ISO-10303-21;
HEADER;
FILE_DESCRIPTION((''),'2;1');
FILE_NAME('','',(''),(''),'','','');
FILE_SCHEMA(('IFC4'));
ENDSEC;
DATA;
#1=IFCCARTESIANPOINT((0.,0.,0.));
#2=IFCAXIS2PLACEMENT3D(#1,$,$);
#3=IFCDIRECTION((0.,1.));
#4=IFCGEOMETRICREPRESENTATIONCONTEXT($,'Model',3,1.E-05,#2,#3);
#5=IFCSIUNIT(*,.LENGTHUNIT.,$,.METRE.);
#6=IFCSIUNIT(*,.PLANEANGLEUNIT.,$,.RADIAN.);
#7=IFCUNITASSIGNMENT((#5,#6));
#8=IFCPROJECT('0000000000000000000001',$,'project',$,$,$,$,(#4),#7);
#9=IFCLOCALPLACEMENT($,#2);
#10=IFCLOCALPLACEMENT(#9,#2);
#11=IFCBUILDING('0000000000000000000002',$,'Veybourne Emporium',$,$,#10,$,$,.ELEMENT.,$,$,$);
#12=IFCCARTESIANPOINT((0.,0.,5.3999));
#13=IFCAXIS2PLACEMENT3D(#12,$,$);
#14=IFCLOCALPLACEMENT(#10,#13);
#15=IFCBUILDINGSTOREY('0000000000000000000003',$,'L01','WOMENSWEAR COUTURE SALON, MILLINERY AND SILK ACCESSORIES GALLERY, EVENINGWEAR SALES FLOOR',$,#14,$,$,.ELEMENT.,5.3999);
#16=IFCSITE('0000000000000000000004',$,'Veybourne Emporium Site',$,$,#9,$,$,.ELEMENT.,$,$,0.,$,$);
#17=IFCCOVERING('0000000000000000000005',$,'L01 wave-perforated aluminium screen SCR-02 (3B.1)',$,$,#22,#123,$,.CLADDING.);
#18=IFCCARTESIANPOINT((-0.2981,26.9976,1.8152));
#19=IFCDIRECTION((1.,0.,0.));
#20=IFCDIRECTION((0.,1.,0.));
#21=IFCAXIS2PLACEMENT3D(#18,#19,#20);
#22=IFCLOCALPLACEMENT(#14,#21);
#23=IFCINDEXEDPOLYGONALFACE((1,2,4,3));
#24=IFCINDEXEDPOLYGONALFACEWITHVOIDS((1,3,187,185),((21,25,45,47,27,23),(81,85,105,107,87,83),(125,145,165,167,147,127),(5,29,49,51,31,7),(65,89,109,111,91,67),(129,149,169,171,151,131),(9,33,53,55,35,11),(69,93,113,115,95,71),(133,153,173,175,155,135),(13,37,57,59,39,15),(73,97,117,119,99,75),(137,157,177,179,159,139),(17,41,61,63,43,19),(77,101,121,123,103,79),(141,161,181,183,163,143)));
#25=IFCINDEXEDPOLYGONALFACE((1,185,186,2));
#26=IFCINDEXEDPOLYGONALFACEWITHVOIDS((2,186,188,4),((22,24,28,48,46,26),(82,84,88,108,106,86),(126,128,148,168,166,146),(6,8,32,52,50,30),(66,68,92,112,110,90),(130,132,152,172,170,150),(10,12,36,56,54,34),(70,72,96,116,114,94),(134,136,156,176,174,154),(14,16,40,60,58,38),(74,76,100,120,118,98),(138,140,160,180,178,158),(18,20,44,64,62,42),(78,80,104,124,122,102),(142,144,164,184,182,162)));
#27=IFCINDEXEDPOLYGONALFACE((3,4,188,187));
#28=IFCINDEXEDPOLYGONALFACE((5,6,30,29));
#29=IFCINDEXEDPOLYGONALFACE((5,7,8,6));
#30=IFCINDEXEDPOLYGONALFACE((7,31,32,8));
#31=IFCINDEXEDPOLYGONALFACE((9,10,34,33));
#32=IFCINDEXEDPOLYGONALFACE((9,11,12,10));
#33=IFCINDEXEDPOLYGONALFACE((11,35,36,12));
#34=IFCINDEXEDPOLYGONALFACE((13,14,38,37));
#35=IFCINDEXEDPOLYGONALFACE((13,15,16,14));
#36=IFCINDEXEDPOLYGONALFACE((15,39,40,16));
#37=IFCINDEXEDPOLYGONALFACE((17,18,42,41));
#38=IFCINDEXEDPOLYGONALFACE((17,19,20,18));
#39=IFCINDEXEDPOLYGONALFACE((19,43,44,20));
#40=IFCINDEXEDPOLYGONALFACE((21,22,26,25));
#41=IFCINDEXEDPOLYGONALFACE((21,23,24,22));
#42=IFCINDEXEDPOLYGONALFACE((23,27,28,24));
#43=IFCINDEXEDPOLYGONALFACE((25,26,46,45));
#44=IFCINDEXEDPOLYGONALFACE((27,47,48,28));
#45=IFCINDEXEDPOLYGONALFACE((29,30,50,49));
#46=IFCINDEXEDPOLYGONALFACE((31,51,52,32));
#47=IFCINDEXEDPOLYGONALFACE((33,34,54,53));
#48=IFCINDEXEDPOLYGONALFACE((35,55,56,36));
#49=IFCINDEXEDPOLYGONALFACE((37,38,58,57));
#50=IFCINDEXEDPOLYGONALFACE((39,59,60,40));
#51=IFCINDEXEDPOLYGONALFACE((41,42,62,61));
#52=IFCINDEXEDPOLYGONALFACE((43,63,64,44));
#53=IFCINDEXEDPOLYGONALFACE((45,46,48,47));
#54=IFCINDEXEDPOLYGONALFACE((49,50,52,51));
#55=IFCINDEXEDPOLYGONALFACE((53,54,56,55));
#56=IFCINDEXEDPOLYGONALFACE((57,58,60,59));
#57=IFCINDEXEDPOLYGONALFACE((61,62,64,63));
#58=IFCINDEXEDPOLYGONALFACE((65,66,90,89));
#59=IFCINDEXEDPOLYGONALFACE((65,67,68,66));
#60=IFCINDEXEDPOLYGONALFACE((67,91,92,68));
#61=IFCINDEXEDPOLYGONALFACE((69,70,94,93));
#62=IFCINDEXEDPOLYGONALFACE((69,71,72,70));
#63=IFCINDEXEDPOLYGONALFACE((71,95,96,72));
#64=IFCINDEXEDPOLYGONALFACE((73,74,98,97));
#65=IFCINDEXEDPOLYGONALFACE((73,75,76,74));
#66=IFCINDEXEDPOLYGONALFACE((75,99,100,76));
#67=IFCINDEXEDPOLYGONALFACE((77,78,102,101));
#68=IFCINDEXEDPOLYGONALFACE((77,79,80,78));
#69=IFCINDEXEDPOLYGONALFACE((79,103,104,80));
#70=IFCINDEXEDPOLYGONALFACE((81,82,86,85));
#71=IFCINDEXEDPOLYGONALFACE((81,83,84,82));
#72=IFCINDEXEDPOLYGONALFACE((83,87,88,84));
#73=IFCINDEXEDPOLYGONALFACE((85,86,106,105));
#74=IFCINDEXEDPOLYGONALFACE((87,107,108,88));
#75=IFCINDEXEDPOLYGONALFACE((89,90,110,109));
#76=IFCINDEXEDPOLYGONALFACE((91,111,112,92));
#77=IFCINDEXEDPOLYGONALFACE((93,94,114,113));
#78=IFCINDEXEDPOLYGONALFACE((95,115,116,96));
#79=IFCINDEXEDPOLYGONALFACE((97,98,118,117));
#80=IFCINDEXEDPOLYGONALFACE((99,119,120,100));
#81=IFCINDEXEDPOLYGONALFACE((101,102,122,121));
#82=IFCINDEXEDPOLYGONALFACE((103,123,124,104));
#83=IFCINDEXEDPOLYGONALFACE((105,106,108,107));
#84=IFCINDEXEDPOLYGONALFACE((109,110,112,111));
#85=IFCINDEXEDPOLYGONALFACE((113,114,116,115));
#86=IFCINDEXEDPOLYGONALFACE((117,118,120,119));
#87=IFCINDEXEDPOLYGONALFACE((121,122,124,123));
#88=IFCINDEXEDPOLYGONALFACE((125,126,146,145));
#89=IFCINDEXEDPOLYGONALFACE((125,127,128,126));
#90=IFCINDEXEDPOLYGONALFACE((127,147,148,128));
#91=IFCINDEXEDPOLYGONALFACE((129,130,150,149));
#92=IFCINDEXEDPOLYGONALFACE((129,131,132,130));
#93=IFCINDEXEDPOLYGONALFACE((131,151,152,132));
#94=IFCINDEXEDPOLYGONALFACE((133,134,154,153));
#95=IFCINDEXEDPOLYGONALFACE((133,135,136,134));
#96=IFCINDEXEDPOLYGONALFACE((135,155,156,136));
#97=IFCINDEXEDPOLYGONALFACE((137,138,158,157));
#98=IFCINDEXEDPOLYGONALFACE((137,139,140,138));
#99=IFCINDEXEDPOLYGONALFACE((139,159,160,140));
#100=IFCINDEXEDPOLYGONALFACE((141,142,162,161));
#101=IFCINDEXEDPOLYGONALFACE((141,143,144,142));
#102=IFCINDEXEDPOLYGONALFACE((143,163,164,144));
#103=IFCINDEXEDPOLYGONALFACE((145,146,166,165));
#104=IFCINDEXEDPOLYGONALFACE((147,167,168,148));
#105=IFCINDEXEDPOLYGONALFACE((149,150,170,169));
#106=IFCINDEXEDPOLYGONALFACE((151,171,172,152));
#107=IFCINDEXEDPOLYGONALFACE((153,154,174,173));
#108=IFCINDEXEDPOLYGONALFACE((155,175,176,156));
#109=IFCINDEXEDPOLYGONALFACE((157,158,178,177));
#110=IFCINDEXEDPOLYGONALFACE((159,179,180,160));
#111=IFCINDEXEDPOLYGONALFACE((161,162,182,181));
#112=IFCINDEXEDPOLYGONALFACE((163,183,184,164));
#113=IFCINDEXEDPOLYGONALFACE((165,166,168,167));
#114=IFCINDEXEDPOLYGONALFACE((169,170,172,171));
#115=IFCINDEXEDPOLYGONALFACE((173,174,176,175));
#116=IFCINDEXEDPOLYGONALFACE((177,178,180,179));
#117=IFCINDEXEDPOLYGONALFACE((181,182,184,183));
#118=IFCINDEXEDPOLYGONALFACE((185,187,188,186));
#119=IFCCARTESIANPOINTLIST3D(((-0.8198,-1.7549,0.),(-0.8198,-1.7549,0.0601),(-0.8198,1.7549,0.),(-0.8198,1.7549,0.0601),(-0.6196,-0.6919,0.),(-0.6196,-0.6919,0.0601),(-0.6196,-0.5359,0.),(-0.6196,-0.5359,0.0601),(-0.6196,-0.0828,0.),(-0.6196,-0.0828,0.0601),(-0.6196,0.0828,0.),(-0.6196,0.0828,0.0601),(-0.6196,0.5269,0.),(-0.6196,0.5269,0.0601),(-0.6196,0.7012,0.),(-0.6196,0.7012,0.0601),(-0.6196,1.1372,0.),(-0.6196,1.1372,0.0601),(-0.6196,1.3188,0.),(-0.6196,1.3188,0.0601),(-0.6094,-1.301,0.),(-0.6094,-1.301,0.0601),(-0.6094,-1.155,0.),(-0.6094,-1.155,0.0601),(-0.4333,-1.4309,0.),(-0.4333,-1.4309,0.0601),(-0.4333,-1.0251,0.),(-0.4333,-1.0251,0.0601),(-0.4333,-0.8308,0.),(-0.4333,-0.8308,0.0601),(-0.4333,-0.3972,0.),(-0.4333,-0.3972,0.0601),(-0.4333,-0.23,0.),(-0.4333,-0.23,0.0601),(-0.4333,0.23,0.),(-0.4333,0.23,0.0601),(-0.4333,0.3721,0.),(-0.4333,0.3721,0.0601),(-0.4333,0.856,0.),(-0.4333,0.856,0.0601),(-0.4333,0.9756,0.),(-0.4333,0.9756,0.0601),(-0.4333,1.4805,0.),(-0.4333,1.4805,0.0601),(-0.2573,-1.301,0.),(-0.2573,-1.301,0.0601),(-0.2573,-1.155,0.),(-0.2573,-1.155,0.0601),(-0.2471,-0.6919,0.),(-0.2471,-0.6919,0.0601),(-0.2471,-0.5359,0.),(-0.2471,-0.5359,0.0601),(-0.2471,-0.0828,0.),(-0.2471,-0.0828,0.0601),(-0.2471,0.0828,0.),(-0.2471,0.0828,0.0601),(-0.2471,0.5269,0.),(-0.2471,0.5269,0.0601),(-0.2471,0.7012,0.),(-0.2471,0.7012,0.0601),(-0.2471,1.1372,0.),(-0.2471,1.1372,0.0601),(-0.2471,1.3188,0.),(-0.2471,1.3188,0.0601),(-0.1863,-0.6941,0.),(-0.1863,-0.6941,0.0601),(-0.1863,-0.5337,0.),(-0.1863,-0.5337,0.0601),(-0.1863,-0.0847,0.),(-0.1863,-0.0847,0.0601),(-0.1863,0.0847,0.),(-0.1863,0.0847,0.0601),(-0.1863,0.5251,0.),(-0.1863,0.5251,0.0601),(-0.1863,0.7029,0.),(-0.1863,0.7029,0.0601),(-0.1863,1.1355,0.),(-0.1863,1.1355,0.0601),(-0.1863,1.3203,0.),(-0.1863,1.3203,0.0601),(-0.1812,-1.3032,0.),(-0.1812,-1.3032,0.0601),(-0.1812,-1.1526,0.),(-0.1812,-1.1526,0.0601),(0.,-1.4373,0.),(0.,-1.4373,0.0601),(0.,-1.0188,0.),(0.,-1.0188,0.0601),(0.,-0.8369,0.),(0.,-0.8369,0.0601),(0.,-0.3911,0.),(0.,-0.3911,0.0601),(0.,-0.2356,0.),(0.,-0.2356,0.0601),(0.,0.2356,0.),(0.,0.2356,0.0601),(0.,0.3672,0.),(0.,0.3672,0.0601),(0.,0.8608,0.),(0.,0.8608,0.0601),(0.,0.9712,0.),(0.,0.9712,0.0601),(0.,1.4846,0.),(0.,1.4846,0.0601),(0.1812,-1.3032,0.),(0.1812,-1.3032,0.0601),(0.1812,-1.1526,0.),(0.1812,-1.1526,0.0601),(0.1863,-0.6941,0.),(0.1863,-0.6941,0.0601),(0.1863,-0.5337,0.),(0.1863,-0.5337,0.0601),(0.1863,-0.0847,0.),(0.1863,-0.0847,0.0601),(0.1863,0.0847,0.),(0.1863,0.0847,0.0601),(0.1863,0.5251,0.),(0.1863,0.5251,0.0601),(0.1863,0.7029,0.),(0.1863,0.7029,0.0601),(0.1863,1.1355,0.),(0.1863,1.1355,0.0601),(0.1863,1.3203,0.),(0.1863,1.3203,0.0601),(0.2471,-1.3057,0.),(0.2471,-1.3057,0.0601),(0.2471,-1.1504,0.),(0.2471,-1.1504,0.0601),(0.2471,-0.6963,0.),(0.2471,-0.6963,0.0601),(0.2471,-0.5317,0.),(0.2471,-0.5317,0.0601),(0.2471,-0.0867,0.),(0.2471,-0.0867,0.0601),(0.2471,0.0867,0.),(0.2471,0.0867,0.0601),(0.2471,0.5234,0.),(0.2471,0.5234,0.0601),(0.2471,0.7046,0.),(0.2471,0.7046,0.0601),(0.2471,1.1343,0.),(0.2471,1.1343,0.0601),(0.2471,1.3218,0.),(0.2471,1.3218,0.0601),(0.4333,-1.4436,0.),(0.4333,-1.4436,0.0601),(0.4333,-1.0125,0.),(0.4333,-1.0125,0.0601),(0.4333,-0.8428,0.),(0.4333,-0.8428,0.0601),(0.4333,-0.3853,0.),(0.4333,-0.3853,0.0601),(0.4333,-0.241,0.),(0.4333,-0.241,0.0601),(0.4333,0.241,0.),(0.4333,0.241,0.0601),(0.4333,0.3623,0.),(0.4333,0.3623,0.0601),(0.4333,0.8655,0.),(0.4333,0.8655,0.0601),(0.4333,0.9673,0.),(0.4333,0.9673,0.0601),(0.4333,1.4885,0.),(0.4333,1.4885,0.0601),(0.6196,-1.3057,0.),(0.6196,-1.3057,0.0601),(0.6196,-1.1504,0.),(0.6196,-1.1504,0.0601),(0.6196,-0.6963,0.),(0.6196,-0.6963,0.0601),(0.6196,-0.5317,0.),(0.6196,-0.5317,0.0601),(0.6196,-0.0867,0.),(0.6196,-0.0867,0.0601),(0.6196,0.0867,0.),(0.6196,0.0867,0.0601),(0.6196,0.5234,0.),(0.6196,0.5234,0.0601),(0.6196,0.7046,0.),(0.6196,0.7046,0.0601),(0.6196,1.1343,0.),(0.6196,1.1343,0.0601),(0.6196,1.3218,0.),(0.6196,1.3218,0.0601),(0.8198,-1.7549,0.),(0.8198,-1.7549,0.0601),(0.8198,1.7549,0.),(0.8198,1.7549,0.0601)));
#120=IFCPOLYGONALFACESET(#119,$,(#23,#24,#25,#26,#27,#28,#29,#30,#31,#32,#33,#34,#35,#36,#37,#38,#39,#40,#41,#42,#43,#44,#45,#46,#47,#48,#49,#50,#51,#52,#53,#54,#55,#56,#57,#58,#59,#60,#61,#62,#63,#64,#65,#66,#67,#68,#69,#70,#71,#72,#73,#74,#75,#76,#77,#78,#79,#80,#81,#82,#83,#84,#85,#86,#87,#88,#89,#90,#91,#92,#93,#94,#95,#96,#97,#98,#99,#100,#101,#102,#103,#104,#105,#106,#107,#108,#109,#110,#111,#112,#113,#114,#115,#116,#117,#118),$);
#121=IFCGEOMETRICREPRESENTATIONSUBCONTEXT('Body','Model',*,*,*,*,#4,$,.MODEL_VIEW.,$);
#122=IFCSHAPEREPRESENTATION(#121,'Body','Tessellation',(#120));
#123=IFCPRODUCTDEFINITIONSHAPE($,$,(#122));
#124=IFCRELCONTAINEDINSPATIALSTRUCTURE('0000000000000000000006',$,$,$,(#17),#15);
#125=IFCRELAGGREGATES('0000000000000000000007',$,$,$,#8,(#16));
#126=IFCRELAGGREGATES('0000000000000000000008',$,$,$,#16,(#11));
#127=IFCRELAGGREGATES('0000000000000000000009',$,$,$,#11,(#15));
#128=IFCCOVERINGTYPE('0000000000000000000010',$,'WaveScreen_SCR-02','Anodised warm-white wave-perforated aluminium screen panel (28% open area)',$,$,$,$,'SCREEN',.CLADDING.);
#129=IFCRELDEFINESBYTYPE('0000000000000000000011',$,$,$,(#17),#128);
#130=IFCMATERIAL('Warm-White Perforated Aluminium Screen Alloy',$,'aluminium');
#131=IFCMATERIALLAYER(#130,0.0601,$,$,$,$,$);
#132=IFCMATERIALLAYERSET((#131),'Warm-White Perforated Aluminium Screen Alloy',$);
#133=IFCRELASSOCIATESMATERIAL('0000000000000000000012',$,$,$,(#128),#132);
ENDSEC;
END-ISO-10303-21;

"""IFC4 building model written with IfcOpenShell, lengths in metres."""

from ifc_helpers import new_model, si_unit, direction, frame, origin, place, context, subcontext, project, spatial, polyline, outline, extrude, material, layer, layer_set, type_object, element, save


model = new_model("IFC4")

# Units and contexts
model_context = context("Model", 3, precision=1e-05, world=origin(), true_north=direction((0.0, 1.0)))
body_context = subcontext(model_context, "Body", "Model", "MODEL_VIEW")
ifc_project = project(units=[si_unit("LENGTHUNIT", "METRE"), si_unit("PLANEANGLEUNIT", "RADIAN")], contexts=[model_context])

# Site, building, storey
site_placement = place(None, origin())
site = spatial("IfcSite", under=ifc_project, at=site_placement, Name="Veybourne Emporium Site", CompositionType="ELEMENT", RefElevation=0.0)
building_placement = place(site_placement, origin())
building = spatial("IfcBuilding", under=site, at=building_placement, Name="Veybourne Emporium", CompositionType="ELEMENT")
storey_placement = place(building_placement, frame((0.0, 0.0, 5.3999)))
storey = spatial("IfcBuildingStorey", under=building, at=storey_placement, Name="L01", Description="WOMENSWEAR COUTURE SALON, MILLINERY AND SILK ACCESSORIES GALLERY, EVENINGWEAR SALES FLOOR", CompositionType="ELEMENT", Elevation=5.3999)

# Covering
ifc_material_1 = material(Name="Warm-White Perforated Aluminium Screen Alloy", Category="aluminium")
ifc_layer_1 = layer(ifc_material_1, 0.0601)
ifc_layer_set_1 = layer_set([ifc_layer_1], Name="Warm-White Perforated Aluminium Screen Alloy")
covering_type_1 = type_object("IfcCoveringType", Name="WaveScreen_SCR-02", Description="Anodised warm-white wave-perforated aluminium screen panel (28% open area)", ElementType="SCREEN", PredefinedType="CLADDING", material=ifc_layer_set_1)
covering_1_placement = place(storey_placement, frame((-0.2981, 26.9976, 1.8152), z_axis=(1.0, 0.0, 0.0), x_axis=(0.0, 1.0, 0.0)))
element("IfcCovering", 1, at=covering_1_placement, inside=storey, type_object=covering_type_1, Name="L01 wave-perforated aluminium screen SCR-02 (3B.1)", PredefinedType="CLADDING", context=body_context, shape_type="SweptSolid", body=[
    extrude(outline(polyline([(-0.8198, -1.7549), (0.8198, -1.7549), (0.8198, 1.7549), (-0.8198, 1.7549), (-0.8198, -1.7549)]), holes=[polyline([(-0.4333, -1.0251), (-0.2573, -1.155), (-0.2573, -1.301), (-0.4333, -1.4309), (-0.6094, -1.301), (-0.6094, -1.155), (-0.4333, -1.0251)]), polyline([(-0.4333, -0.3972), (-0.2471, -0.5359), (-0.2471, -0.6919), (-0.4333, -0.8308), (-0.6196, -0.6919), (-0.6196, -0.5359), (-0.4333, -0.3972)]), polyline([(-0.4333, 0.23), (-0.2471, 0.0828), (-0.2471, -0.0828), (-0.4333, -0.23), (-0.6196, -0.0828), (-0.6196, 0.0828), (-0.4333, 0.23)]), polyline([(-0.4333, 0.856), (-0.2471, 0.7012), (-0.2471, 0.5269), (-0.4333, 0.3721), (-0.6196, 0.5269), (-0.6196, 0.7012), (-0.4333, 0.856)]), polyline([(-0.4333, 1.4805), (-0.2471, 1.3188), (-0.2471, 1.1372), (-0.4333, 0.9756), (-0.6196, 1.1372), (-0.6196, 1.3188), (-0.4333, 1.4805)]), polyline([(0.0, -1.0188), (0.1812, -1.1526), (0.1812, -1.3032), (0.0, -1.4373), (-0.1812, -1.3032), (-0.1812, -1.1526), (0.0, -1.0188)]), polyline([(0.0, -0.3911), (0.1863, -0.5337), (0.1863, -0.6941), (0.0, -0.8369), (-0.1863, -0.6941), (-0.1863, -0.5337), (0.0, -0.3911)]), polyline([(0.0, 0.2356), (0.1863, 0.0847), (0.1863, -0.0847), (0.0, -0.2356), (-0.1863, -0.0847), (-0.1863, 0.0847), (0.0, 0.2356)]), polyline([(0.0, 0.8608), (0.1863, 0.7029), (0.1863, 0.5251), (0.0, 0.3672), (-0.1863, 0.5251), (-0.1863, 0.7029), (0.0, 0.8608)]), polyline([(0.0, 1.4846), (0.1863, 1.3203), (0.1863, 1.1355), (0.0, 0.9712), (-0.1863, 1.1355), (-0.1863, 1.3203), (0.0, 1.4846)]), polyline([(0.4333, -1.0125), (0.6196, -1.1504), (0.6196, -1.3057), (0.4333, -1.4436), (0.2471, -1.3057), (0.2471, -1.1504), (0.4333, -1.0125)]), polyline([(0.4333, -0.3853), (0.6196, -0.5317), (0.6196, -0.6963), (0.4333, -0.8428), (0.2471, -0.6963), (0.2471, -0.5317), (0.4333, -0.3853)]), polyline([(0.4333, 0.241), (0.6196, 0.0867), (0.6196, -0.0867), (0.4333, -0.241), (0.2471, -0.0867), (0.2471, 0.0867), (0.4333, 0.241)]), polyline([(0.4333, 0.8655), (0.6196, 0.7046), (0.6196, 0.5234), (0.4333, 0.3623), (0.2471, 0.5234), (0.2471, 0.7046), (0.4333, 0.8655)]), polyline([(0.4333, 1.4885), (0.6196, 1.3218), (0.6196, 1.1343), (0.4333, 0.9673), (0.2471, 1.1343), (0.2471, 1.3218), (0.4333, 1.4885)])]), origin(), (0.0, 0.0, 1.0), 0.0601),
])

save(model, "model.ifc")
